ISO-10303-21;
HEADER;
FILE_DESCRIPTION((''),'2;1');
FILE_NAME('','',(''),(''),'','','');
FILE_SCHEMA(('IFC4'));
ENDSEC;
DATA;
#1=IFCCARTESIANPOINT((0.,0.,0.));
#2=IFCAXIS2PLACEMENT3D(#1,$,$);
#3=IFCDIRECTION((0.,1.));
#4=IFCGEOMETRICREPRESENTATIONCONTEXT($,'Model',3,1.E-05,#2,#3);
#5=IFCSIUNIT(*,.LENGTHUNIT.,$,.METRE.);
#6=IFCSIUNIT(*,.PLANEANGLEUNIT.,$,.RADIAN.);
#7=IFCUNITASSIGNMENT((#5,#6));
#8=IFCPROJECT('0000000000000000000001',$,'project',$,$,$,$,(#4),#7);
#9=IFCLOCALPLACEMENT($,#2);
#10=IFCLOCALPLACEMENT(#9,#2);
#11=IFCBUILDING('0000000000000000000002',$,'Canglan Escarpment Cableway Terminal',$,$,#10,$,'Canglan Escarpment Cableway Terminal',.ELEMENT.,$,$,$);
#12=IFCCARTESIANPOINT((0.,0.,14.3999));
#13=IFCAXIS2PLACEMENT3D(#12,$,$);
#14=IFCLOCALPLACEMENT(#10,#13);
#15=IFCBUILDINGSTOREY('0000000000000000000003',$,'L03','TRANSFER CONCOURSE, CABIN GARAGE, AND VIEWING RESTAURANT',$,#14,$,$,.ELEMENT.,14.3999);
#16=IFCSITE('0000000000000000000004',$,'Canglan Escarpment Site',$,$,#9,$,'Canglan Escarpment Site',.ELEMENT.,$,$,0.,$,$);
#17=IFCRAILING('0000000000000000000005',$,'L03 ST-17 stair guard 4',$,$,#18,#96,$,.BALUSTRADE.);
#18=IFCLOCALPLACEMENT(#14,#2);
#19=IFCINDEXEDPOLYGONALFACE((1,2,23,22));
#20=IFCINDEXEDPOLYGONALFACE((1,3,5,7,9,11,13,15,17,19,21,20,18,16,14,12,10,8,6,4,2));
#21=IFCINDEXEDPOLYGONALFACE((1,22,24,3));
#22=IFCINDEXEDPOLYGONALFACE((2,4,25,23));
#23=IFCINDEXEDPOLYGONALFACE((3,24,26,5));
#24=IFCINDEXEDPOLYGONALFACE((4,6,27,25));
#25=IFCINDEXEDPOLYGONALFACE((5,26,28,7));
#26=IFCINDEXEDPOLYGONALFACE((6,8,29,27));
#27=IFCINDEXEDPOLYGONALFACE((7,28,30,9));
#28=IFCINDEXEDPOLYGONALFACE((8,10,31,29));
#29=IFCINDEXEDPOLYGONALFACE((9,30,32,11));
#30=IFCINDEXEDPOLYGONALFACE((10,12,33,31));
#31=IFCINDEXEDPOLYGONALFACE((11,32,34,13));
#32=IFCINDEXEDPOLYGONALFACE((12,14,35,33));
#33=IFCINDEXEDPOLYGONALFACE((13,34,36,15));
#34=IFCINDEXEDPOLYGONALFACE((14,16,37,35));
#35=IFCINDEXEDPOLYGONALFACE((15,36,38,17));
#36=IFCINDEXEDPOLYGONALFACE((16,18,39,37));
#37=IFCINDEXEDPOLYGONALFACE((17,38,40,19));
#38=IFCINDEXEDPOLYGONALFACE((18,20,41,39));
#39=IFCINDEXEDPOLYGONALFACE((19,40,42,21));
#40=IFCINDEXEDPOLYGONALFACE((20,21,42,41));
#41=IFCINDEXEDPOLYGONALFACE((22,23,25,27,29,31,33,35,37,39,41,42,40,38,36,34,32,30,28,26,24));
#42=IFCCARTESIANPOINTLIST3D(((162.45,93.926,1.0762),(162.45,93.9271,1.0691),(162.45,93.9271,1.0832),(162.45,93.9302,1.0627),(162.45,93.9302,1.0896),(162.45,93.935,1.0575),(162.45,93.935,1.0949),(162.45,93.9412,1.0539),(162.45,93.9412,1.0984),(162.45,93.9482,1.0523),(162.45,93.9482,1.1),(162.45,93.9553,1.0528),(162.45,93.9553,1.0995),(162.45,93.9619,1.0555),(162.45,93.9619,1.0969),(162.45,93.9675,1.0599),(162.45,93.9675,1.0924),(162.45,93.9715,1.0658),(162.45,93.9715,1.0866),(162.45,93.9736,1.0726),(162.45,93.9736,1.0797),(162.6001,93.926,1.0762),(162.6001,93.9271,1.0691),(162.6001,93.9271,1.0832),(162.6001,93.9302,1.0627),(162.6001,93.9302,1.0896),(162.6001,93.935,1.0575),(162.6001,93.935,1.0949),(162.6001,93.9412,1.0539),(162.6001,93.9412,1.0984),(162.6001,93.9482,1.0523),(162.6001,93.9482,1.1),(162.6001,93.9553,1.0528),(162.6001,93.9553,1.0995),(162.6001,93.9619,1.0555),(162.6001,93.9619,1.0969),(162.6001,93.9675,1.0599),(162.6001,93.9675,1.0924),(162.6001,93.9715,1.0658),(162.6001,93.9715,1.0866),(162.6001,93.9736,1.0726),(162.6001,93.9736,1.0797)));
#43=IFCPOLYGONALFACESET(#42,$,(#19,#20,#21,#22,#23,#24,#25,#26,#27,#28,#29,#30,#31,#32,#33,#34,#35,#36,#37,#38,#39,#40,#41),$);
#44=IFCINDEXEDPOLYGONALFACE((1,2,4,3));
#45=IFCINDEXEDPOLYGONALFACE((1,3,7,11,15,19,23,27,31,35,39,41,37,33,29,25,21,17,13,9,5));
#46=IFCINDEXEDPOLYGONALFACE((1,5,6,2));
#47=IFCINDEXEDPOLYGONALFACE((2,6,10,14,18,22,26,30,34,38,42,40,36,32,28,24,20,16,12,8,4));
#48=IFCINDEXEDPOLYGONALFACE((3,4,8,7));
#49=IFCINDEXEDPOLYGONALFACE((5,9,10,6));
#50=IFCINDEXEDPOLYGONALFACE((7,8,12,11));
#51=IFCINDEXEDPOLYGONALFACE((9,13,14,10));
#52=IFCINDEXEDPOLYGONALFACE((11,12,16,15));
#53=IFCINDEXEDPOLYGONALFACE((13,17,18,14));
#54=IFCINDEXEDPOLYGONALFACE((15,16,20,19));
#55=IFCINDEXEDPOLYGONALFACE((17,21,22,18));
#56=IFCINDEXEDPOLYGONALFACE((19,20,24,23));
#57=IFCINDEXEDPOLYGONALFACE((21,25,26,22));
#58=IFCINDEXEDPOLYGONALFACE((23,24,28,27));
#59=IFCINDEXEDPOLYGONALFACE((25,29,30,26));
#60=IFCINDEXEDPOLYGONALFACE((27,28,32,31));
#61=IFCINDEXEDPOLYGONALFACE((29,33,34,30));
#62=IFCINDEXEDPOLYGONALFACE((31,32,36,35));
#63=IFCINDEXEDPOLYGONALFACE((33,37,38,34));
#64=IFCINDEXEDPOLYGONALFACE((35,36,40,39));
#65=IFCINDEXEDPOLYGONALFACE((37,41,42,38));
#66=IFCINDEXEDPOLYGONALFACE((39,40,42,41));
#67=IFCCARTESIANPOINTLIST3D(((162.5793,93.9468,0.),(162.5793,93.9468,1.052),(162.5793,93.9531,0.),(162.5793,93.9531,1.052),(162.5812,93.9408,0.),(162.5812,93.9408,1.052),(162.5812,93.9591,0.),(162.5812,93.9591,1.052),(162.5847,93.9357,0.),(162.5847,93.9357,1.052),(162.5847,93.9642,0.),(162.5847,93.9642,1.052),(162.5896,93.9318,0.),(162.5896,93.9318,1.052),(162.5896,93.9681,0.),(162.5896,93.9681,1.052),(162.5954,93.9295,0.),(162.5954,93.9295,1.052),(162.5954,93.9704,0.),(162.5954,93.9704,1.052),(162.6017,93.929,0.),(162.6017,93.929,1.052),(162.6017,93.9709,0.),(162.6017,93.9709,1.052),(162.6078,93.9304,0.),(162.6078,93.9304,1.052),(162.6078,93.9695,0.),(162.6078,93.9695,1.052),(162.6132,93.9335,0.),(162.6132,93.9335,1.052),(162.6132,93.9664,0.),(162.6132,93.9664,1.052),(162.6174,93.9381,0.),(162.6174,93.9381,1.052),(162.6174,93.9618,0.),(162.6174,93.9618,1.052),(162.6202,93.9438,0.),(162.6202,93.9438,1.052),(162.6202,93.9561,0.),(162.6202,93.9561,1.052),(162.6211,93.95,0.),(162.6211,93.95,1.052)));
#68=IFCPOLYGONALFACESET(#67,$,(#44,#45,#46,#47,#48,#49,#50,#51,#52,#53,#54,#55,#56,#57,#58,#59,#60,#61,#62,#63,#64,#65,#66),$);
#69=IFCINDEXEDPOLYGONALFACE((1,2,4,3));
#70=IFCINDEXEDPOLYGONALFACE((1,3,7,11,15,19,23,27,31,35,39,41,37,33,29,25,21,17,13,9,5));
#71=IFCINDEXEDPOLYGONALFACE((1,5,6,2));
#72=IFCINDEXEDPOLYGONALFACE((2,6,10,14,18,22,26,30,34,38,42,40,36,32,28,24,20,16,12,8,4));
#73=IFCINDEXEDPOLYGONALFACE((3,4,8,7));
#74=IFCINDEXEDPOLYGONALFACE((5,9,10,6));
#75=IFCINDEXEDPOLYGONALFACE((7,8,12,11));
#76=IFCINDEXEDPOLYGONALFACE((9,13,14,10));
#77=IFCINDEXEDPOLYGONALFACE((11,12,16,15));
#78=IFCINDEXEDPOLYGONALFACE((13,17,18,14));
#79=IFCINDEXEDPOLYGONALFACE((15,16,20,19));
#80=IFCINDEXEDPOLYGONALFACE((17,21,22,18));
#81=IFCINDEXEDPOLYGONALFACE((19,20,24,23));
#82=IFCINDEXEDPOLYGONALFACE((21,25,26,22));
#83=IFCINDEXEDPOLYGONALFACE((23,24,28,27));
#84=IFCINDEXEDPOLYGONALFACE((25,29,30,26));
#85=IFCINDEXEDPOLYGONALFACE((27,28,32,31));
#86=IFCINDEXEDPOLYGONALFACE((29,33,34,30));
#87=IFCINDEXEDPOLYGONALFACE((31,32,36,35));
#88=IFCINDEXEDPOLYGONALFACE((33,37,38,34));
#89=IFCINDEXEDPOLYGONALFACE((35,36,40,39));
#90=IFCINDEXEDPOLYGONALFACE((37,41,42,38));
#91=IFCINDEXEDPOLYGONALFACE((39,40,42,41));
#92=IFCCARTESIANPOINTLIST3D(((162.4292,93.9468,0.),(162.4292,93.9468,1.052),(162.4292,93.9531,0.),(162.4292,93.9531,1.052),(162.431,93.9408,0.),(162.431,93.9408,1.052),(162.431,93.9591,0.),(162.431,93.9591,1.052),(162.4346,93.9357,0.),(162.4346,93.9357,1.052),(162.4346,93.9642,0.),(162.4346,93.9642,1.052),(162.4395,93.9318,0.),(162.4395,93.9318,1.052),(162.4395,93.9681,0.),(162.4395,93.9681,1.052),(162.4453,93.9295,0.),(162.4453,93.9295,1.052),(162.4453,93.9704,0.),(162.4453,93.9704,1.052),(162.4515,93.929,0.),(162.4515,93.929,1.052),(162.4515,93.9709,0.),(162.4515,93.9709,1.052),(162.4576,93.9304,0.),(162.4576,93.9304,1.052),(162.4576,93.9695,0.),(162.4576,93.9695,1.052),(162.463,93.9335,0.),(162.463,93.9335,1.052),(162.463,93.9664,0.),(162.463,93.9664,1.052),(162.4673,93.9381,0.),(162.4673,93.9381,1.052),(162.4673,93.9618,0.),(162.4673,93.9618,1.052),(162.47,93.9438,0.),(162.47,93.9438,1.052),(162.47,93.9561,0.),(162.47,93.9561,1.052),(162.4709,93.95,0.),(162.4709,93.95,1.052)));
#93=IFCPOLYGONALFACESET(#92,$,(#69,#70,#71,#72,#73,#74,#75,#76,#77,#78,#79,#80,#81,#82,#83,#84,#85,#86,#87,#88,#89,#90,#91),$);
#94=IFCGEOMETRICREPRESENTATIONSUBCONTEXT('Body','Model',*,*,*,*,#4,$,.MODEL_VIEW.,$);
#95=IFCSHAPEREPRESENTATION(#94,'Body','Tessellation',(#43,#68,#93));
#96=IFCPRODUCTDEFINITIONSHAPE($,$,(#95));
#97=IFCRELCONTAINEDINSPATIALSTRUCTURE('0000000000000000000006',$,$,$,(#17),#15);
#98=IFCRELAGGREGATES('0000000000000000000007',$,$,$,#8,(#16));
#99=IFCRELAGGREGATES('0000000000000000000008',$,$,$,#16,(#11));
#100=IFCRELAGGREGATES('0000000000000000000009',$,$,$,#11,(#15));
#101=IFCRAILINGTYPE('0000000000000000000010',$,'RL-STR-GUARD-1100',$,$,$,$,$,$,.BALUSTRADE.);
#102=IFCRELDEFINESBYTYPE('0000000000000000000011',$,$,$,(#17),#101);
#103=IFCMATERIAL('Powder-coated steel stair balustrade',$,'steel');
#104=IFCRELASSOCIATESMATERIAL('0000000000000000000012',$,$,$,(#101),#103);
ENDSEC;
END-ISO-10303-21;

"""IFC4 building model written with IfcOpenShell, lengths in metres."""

from ifc_helpers import new_model, si_unit, direction, frame, origin, origin_2d, place, context, subcontext, project, spatial, circle, extrude, material, type_object, element, save


model = new_model("IFC4")

# Units and contexts
model_context = context("Model", 3, precision=1e-05, world=origin(), true_north=direction((0.0, 1.0)))
body_context = subcontext(model_context, "Body", "Model", "MODEL_VIEW")
ifc_project = project(units=[si_unit("LENGTHUNIT", "METRE"), si_unit("PLANEANGLEUNIT", "RADIAN")], contexts=[model_context])

# Site, building, storey
site_placement = place(None, origin())
site = spatial("IfcSite", under=ifc_project, at=site_placement, Name="Canglan Escarpment Site", LongName="Canglan Escarpment Site", CompositionType="ELEMENT", RefElevation=0.0)
building_placement = place(site_placement, origin())
building = spatial("IfcBuilding", under=site, at=building_placement, Name="Canglan Escarpment Cableway Terminal", LongName="Canglan Escarpment Cableway Terminal", CompositionType="ELEMENT")
storey_placement = place(building_placement, frame((0.0, 0.0, 14.3999)))
storey = spatial("IfcBuildingStorey", under=building, at=storey_placement, Name="L03", Description="TRANSFER CONCOURSE, CABIN GARAGE, AND VIEWING RESTAURANT", CompositionType="ELEMENT", Elevation=14.3999)

# Railing
ifc_material_1 = material(Name="Powder-coated steel stair balustrade", Category="steel")
railing_type_1 = type_object("IfcRailingType", Name="RL-STR-GUARD-1100", PredefinedType="BALUSTRADE", material=ifc_material_1)
railing_1_placement = place(storey_placement, frame((162.6001, 93.95, 0.0)))
element("IfcRailing", 1, at=railing_1_placement, inside=storey, type_object=railing_type_1, Name="L03 ST-17 stair guard 4", PredefinedType="BALUSTRADE", context=body_context, shape_type="SweptSolid", body=[
    extrude(circle(Radius=0.0239, at=origin_2d()), frame((0.0, 0.0, 1.0762), z_axis=(-1.0, 0.0, 0.0), x_axis=(0.0, -1.0, 0.0)), (0.0, 0.0, 1.0), 0.1501),
    extrude(circle(Radius=0.021, at=origin_2d()), origin(), (0.0, 0.0, 1.0), 1.052),
    extrude(circle(Radius=0.021, at=origin_2d()), frame((-0.1501, 0.0, 0.0)), (0.0, 0.0, 1.0), 1.052),
])

save(model, "model.ifc")
